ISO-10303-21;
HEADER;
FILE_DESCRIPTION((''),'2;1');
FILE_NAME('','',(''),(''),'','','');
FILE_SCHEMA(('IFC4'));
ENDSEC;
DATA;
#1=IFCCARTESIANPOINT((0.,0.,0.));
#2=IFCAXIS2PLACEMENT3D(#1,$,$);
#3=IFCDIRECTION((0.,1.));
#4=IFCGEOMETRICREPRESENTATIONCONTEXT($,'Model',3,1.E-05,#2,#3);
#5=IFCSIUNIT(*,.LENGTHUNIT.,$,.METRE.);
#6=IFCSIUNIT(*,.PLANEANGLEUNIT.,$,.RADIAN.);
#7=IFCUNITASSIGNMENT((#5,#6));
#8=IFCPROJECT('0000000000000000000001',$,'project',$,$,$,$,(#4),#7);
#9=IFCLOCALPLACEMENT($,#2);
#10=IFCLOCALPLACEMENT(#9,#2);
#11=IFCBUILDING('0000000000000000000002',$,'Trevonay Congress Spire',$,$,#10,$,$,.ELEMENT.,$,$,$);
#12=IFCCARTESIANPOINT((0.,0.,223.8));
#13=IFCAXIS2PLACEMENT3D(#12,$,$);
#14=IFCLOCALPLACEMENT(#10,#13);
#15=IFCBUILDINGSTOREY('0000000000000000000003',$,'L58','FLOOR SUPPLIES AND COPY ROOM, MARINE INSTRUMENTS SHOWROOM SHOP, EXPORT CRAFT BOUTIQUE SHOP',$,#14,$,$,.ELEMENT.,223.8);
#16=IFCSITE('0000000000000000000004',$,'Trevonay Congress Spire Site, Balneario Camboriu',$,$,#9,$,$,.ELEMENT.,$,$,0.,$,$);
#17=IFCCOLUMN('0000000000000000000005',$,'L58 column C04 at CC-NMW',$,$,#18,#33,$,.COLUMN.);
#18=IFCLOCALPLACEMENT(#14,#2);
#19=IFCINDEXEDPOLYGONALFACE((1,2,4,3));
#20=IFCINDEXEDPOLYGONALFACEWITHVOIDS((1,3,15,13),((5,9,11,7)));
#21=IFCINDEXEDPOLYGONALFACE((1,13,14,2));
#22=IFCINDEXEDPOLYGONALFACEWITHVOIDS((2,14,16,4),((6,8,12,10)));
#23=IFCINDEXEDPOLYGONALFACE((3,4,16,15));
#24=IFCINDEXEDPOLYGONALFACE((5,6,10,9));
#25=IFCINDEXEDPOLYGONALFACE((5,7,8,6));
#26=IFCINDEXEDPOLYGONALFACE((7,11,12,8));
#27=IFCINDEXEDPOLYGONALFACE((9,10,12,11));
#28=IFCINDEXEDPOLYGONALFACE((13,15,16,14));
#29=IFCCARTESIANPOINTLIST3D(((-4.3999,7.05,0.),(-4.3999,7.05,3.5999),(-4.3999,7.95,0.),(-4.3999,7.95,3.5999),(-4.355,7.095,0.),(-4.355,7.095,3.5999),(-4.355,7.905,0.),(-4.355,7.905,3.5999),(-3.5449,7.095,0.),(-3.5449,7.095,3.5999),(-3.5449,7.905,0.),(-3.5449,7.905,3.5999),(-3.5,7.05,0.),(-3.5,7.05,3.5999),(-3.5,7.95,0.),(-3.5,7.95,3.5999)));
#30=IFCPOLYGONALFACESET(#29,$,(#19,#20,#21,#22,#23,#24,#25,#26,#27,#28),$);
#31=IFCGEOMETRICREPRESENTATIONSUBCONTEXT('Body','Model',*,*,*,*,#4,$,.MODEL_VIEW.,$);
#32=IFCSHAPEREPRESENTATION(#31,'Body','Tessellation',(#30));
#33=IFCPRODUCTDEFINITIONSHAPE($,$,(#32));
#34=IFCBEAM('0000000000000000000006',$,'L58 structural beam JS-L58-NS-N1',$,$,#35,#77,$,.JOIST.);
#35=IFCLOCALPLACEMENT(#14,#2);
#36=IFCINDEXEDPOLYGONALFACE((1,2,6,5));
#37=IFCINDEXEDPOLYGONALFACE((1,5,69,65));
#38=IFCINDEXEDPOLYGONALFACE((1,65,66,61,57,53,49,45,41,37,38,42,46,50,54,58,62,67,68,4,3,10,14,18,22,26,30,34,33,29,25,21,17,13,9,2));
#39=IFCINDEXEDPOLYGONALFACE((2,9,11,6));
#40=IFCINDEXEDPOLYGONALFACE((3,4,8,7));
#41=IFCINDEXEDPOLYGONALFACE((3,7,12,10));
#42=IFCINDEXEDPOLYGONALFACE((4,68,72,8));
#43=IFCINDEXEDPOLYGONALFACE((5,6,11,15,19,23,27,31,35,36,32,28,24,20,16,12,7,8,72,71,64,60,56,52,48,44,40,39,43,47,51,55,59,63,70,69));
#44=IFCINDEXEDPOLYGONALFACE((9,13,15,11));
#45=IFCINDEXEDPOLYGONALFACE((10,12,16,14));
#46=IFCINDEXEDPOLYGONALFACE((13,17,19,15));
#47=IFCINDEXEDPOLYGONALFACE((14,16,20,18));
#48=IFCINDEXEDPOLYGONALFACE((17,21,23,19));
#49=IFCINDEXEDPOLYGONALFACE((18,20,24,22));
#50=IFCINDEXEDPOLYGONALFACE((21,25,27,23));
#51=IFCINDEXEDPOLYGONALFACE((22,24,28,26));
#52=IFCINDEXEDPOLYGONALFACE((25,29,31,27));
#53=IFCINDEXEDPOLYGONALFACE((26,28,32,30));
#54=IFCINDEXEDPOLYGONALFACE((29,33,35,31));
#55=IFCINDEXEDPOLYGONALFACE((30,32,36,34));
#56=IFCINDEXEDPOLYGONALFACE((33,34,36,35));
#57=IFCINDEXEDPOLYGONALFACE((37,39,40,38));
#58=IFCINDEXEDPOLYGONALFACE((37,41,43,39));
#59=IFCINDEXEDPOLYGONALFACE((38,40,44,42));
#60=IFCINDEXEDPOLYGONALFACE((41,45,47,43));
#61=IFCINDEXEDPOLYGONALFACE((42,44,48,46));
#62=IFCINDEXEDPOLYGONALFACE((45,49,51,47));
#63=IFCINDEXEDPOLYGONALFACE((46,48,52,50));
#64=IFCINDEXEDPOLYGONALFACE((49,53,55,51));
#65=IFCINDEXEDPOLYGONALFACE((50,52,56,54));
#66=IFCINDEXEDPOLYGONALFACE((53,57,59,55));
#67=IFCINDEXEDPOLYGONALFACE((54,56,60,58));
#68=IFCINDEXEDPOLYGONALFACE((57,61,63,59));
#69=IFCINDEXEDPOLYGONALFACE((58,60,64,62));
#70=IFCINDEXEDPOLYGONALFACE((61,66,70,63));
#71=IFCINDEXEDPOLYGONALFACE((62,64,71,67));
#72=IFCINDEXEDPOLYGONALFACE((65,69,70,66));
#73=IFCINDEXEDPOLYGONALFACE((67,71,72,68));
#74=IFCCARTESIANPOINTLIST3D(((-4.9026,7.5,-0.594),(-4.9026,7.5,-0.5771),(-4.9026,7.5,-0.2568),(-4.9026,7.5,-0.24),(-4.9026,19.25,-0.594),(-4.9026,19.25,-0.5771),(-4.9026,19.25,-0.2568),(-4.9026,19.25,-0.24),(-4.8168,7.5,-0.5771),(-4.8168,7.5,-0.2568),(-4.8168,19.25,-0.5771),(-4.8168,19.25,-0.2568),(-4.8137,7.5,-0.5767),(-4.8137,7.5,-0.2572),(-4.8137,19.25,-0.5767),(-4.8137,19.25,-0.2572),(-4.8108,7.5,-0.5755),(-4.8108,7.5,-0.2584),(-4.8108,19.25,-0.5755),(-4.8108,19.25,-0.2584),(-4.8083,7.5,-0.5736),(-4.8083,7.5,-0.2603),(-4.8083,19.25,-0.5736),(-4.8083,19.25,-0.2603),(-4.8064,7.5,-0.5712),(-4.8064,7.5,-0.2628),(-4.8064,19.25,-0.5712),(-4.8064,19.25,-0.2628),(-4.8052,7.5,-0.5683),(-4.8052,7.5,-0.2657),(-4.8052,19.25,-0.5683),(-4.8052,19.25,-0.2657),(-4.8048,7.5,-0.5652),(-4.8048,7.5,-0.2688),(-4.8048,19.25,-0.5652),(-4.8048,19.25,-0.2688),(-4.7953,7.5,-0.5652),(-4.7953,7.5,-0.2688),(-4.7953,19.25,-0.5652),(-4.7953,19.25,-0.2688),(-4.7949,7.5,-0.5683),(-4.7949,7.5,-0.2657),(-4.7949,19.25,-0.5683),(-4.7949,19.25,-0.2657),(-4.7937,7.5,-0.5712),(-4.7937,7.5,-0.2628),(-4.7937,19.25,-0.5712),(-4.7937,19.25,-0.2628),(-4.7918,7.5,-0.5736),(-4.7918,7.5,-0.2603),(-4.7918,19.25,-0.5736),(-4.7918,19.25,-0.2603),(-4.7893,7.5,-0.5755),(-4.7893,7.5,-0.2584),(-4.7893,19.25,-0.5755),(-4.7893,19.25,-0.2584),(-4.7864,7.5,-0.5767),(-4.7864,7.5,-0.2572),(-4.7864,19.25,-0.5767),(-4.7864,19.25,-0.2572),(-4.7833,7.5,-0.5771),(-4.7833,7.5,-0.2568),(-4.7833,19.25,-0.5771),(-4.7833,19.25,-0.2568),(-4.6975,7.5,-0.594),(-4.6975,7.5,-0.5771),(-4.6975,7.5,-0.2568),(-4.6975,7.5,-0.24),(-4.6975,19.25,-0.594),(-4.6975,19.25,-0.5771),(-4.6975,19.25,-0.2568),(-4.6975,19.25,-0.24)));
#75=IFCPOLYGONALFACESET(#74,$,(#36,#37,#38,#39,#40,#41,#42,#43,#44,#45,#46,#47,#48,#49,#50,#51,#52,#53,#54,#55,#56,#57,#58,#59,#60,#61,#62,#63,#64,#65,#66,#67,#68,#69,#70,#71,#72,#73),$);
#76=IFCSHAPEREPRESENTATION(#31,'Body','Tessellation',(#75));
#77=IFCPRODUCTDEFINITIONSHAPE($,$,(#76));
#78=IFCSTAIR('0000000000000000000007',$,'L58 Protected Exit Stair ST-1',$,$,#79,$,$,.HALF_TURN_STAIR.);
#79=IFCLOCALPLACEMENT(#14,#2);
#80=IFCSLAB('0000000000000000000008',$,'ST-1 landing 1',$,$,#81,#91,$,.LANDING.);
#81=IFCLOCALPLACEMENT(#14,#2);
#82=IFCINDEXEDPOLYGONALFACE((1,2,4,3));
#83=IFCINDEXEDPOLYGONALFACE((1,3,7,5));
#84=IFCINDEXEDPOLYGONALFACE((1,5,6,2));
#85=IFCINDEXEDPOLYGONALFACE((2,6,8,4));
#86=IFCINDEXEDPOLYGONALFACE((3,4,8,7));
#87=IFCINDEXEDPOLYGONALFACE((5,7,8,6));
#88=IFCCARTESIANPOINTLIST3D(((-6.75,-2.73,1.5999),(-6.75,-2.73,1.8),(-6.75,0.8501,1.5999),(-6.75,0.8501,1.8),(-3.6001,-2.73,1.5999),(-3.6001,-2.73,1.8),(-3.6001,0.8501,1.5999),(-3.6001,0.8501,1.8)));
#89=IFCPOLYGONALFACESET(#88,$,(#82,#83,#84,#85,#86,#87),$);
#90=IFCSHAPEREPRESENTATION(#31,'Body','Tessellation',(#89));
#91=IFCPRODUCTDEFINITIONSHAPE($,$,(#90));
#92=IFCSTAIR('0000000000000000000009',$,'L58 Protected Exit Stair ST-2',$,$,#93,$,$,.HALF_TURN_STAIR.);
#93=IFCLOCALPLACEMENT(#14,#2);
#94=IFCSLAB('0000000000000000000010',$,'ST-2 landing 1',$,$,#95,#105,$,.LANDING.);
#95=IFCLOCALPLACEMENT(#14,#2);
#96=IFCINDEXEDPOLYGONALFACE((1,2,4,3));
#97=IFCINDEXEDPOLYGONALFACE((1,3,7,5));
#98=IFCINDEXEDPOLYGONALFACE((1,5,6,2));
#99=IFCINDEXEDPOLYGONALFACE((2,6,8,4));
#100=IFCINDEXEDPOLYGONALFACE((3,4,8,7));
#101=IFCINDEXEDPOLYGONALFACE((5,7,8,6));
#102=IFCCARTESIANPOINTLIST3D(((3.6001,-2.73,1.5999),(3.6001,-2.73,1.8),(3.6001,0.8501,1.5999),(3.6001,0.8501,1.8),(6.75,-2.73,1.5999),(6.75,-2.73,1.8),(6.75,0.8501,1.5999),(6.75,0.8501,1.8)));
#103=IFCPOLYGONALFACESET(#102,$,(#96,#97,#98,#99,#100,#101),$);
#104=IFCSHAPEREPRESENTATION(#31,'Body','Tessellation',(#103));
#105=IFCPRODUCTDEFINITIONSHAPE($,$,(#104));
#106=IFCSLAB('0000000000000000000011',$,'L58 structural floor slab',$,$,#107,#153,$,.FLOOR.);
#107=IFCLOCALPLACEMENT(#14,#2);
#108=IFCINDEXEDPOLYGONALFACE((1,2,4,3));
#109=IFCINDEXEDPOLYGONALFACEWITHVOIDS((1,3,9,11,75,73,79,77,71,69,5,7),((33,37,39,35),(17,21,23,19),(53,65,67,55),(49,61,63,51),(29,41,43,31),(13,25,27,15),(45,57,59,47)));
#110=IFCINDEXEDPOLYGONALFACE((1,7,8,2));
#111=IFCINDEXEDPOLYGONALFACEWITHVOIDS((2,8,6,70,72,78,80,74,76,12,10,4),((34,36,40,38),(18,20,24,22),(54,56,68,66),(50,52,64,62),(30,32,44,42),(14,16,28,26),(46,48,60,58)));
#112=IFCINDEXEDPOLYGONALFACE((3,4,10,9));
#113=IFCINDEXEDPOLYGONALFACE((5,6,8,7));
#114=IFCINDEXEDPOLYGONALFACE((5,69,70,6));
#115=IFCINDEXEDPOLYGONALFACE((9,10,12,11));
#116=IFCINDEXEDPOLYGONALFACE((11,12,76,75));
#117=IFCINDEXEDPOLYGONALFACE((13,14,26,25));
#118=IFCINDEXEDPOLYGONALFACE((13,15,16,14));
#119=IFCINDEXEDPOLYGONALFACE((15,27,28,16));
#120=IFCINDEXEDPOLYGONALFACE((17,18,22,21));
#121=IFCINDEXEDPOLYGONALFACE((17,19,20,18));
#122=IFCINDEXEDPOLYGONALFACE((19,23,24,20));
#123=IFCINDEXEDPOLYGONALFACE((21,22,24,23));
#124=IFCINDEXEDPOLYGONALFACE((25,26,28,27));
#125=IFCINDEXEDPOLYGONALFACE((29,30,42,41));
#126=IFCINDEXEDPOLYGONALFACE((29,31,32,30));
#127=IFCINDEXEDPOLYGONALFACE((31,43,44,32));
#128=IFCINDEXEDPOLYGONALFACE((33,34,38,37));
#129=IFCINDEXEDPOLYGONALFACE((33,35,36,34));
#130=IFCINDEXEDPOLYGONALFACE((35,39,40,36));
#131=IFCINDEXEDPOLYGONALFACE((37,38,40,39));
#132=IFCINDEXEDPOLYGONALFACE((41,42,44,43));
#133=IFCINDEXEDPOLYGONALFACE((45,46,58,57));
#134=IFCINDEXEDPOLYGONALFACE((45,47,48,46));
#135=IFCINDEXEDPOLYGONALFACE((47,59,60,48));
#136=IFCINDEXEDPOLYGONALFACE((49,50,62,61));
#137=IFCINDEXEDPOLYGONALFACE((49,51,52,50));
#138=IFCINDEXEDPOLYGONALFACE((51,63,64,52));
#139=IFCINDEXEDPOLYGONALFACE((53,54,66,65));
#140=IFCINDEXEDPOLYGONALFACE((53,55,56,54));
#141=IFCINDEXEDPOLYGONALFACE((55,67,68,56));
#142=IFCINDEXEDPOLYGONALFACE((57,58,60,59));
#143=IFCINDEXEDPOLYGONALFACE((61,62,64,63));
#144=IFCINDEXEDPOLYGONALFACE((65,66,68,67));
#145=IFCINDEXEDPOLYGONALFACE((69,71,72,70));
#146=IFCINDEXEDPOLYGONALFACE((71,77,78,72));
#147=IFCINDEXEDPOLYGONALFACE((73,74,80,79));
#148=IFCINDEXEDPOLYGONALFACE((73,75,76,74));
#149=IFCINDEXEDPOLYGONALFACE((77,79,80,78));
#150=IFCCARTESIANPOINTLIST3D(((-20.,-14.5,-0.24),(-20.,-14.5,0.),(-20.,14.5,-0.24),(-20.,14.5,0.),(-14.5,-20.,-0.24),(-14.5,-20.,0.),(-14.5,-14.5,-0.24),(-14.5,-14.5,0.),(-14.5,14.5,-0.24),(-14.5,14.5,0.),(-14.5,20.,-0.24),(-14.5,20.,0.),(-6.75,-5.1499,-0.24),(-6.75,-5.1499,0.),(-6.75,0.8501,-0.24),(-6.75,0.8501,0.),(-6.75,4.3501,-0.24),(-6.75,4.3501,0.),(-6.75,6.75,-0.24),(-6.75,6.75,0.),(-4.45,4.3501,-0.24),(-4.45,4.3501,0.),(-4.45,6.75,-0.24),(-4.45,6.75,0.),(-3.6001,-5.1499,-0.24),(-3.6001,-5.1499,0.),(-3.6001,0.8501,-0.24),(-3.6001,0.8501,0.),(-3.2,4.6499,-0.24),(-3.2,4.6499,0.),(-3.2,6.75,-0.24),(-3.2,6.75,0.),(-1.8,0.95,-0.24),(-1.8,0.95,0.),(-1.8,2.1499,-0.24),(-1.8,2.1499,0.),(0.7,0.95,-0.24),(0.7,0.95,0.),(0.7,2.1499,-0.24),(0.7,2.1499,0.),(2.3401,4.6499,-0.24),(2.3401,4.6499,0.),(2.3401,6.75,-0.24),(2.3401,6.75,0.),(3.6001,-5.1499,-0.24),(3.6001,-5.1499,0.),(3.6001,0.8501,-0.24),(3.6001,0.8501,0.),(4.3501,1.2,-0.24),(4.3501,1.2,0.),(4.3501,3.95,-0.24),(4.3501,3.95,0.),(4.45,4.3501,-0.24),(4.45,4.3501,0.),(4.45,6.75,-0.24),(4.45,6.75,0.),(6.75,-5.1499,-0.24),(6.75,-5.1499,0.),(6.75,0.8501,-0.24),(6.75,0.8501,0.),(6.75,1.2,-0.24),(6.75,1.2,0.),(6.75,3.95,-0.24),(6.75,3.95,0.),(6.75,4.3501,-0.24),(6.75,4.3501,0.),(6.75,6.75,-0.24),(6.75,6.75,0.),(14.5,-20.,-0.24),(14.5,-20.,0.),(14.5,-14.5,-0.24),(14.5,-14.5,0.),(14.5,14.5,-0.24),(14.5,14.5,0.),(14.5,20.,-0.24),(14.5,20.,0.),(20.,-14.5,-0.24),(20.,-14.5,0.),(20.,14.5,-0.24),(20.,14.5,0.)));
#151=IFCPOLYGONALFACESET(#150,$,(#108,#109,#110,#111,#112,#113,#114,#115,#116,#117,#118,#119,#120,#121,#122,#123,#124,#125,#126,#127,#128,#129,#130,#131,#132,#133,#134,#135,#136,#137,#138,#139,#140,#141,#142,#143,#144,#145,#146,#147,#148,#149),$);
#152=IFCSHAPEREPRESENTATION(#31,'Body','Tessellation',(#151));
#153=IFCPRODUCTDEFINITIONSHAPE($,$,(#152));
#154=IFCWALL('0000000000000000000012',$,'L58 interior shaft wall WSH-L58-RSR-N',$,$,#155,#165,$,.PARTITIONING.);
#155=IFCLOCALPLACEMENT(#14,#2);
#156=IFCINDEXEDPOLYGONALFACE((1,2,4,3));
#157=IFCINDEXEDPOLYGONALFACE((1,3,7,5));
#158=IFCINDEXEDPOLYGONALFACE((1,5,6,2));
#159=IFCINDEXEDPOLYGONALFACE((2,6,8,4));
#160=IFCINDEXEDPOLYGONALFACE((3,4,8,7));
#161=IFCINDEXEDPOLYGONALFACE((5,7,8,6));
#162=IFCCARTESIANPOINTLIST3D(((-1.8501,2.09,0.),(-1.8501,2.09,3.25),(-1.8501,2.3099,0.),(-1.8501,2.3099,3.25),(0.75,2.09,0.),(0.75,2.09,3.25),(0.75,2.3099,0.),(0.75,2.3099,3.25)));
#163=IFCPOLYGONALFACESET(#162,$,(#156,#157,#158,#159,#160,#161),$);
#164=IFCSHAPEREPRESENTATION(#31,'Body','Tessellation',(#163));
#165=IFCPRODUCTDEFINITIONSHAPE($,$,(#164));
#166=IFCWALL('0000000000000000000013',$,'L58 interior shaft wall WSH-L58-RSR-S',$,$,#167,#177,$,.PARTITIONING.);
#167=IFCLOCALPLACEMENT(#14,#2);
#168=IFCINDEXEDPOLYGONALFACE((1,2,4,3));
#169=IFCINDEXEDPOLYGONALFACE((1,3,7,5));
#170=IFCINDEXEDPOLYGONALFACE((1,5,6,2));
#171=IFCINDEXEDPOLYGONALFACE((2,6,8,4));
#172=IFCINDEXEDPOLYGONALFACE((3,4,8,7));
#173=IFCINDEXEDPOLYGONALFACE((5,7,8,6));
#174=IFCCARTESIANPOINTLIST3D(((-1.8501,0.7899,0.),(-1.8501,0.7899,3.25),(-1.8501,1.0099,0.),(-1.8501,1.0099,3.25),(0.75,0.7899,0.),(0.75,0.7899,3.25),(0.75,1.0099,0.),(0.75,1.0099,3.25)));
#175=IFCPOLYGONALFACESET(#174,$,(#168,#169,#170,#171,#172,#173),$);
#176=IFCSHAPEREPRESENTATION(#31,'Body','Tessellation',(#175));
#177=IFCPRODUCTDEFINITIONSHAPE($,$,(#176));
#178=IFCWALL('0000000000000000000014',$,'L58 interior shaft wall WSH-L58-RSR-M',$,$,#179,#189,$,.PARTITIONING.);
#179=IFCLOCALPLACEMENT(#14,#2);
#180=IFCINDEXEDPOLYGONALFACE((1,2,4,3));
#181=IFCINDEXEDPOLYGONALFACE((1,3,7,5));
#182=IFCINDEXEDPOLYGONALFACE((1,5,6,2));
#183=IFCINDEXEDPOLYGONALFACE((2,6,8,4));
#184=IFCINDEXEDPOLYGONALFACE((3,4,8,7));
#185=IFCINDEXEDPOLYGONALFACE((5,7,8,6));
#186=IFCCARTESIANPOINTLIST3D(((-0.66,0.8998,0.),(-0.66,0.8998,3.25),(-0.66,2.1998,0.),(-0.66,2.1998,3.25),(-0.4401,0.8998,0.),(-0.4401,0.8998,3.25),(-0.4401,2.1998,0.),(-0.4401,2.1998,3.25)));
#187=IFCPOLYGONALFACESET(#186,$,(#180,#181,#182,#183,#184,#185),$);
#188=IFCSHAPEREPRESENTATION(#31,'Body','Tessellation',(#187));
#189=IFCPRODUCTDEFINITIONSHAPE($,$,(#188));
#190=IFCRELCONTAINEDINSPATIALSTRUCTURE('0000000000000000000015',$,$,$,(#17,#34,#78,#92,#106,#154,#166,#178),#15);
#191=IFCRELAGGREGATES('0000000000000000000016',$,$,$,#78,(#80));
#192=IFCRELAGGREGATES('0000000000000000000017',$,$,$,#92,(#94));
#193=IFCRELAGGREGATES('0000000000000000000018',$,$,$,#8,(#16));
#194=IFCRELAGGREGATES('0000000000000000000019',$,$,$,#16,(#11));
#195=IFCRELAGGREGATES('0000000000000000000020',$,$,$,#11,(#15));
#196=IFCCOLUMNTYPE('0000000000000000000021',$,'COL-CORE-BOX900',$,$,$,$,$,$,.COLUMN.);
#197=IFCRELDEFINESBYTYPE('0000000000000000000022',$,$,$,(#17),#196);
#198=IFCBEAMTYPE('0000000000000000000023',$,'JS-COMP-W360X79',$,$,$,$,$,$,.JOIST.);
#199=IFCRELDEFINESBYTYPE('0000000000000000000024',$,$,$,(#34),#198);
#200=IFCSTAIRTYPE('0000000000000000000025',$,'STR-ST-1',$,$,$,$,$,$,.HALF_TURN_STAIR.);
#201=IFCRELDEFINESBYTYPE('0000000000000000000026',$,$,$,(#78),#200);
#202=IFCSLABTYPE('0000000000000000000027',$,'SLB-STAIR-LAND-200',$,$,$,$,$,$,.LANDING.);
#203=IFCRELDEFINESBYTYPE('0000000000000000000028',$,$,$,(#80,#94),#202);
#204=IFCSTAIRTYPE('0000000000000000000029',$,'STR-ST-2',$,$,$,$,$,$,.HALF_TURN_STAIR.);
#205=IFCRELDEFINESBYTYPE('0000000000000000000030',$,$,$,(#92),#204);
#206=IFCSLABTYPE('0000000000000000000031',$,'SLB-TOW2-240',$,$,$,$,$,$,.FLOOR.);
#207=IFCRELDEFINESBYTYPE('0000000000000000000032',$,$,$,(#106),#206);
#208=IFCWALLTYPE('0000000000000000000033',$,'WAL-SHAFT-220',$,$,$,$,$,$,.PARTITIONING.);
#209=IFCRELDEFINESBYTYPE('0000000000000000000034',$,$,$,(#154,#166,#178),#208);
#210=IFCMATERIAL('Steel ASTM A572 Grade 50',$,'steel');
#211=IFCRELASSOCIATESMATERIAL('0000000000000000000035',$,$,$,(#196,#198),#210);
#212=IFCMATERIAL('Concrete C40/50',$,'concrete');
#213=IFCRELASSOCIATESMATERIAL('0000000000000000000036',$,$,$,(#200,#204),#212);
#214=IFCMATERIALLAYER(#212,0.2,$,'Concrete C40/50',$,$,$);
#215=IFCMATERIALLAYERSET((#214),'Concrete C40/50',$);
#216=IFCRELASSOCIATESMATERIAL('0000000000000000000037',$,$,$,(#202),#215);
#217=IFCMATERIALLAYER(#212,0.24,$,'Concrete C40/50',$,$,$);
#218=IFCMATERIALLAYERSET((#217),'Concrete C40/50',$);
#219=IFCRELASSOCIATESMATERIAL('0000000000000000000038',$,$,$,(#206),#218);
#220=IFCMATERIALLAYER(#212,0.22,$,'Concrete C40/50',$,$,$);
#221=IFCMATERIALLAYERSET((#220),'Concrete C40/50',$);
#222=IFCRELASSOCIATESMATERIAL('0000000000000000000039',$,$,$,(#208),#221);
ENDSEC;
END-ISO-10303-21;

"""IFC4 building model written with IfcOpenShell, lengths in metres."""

from ifc_helpers import new_model, si_unit, direction, frame, frame_2d, origin, origin_2d, place, context, subcontext, project, spatial, polyline, rectangle, hollow_rectangle, i_section, outline, extrude, material, layer, layer_set, material_profile, profile_set, type_object, element, aggregate, save


model = new_model("IFC4")

# Units and contexts
model_context = context("Model", 3, precision=1e-05, world=origin(), true_north=direction((0.0, 1.0)))
body_context = subcontext(model_context, "Body", "Model", "MODEL_VIEW")
ifc_project = project(units=[si_unit("LENGTHUNIT", "METRE"), si_unit("PLANEANGLEUNIT", "RADIAN")], contexts=[model_context])

# Site, building, storey
site_placement = place(None, origin())
site = spatial("IfcSite", under=ifc_project, at=site_placement, Name="Trevonay Congress Spire Site, Balneario Camboriu", CompositionType="ELEMENT", RefElevation=0.0)
building_placement = place(site_placement, origin())
building = spatial("IfcBuilding", under=site, at=building_placement, Name="Trevonay Congress Spire", CompositionType="ELEMENT")
storey_placement = place(building_placement, frame((0.0, 0.0, 223.8)))
storey = spatial("IfcBuildingStorey", under=building, at=storey_placement, Name="L58", Description="FLOOR SUPPLIES AND COPY ROOM, MARINE INSTRUMENTS SHOWROOM SHOP, EXPORT CRAFT BOUTIQUE SHOP", CompositionType="ELEMENT", Elevation=223.8)

# Column
ifc_material_1 = material(Name="Steel ASTM A572 Grade 50", Category="steel")
ifc_material_profile_1 = material_profile(ifc_material_1, hollow_rectangle(XDim=0.8999, YDim=0.8999, WallThickness=0.0449, at=origin_2d()), Name="BOX 900x900x45")
ifc_profile_set_1 = profile_set([ifc_material_profile_1], Name="Steel ASTM A572 Grade 50")
column_type = type_object("IfcColumnType", Name="COL-CORE-BOX900", PredefinedType="COLUMN", material=ifc_profile_set_1)
column_placement = place(storey_placement, frame((-3.95, 7.5, 0.0), z_axis=(0.0, 0.0, 1.0), x_axis=(1.0, 0.0, 0.0)))
element("IfcColumn", 1, at=column_placement, inside=storey, type_object=column_type, Name="L58 column C04 at CC-NMW", PredefinedType="COLUMN", context=body_context, shape_type="SweptSolid", body=[
    extrude(hollow_rectangle(XDim=0.8999, YDim=0.8999, WallThickness=0.0449, at=origin_2d()), origin(), (0.0, 0.0, 1.0), 3.5999),
])

# Beam
ifc_material_profile_2 = material_profile(ifc_material_1, i_section(OverallWidth=0.2051, OverallDepth=0.354, WebThickness=0.0095, FlangeThickness=0.0168, FilletRadius=0.012, at=origin_2d()), Name="W360x79")
ifc_profile_set_2 = profile_set([ifc_material_profile_2], Name="Steel ASTM A572 Grade 50")
beam_type = type_object("IfcBeamType", Name="JS-COMP-W360X79", PredefinedType="JOIST", material=ifc_profile_set_2)
beam_placement = place(storey_placement, frame((-4.8, 7.5, -0.417), z_axis=(0.0, 1.0, 0.0), x_axis=(-1.0, 0.0, 0.0)))
element("IfcBeam", 2, at=beam_placement, inside=storey, type_object=beam_type, Name="L58 structural beam JS-L58-NS-N1", PredefinedType="JOIST", context=body_context, shape_type="SweptSolid", body=[
    extrude(i_section(OverallWidth=0.2051, OverallDepth=0.354, WebThickness=0.0095, FlangeThickness=0.0168, FilletRadius=0.012, at=origin_2d()), origin(), (0.0, 0.0, 1.0), 11.75),
])

# Stairs, slabs
ifc_material_2 = material(Name="Concrete C40/50", Category="concrete")
stair_type_1 = type_object("IfcStairType", Name="STR-ST-1", PredefinedType="HALF_TURN_STAIR", material=ifc_material_2)
stair_1_placement = place(storey_placement, origin())
stair_1 = element("IfcStair", 3, at=stair_1_placement, inside=storey, type_object=stair_type_1, Name="L58 Protected Exit Stair ST-1", PredefinedType="HALF_TURN_STAIR")
ifc_layer_1 = layer(ifc_material_2, 0.2, Name="Concrete C40/50")
ifc_layer_set_1 = layer_set([ifc_layer_1], Name="Concrete C40/50")
slab_type_1 = type_object("IfcSlabType", Name="SLB-STAIR-LAND-200", PredefinedType="LANDING", material=ifc_layer_set_1)
slab_1_placement = place(storey_placement, frame((0.0, 0.0, 1.5999)))
slab_1 = element("IfcSlab", 4, at=slab_1_placement, type_object=slab_type_1, Name="ST-1 landing 1", PredefinedType="LANDING", context=body_context, shape_type="SweptSolid", body=[
    extrude(outline(polyline([(-3.6001, -2.73), (-3.6001, 0.8501), (-6.75, 0.8501), (-6.75, -2.73), (-3.6001, -2.73)])), origin(), (0.0, 0.0, 1.0), 0.2002),
])
aggregate(stair_1, [slab_1])
stair_type_2 = type_object("IfcStairType", Name="STR-ST-2", PredefinedType="HALF_TURN_STAIR", material=ifc_material_2)
stair_2_placement = place(storey_placement, origin())
stair_2 = element("IfcStair", 5, at=stair_2_placement, inside=storey, type_object=stair_type_2, Name="L58 Protected Exit Stair ST-2", PredefinedType="HALF_TURN_STAIR")
slab_2_placement = place(storey_placement, frame((0.0, 0.0, 1.5999)))
slab_2 = element("IfcSlab", 6, at=slab_2_placement, type_object=slab_type_1, Name="ST-2 landing 1", PredefinedType="LANDING", context=body_context, shape_type="SweptSolid", body=[
    extrude(outline(polyline([(6.75, -2.73), (6.75, 0.8501), (3.6001, 0.8501), (3.6001, -2.73), (6.75, -2.73)])), origin(), (0.0, 0.0, 1.0), 0.2002),
])
aggregate(stair_2, [slab_2])

# Slab
ifc_layer_2 = layer(ifc_material_2, 0.24, Name="Concrete C40/50")
ifc_layer_set_2 = layer_set([ifc_layer_2], Name="Concrete C40/50")
slab_type_2 = type_object("IfcSlabType", Name="SLB-TOW2-240", PredefinedType="FLOOR", material=ifc_layer_set_2)
slab_3_placement = place(storey_placement, frame((0.0, 0.0, -0.24)))
element("IfcSlab", 7, at=slab_3_placement, inside=storey, type_object=slab_type_2, Name="L58 structural floor slab", PredefinedType="FLOOR", context=body_context, shape_type="SweptSolid", body=[
    extrude(outline(polyline([(-14.5, -20.0), (14.5, -20.0), (14.5, -14.5), (20.0, -14.5), (20.0, 14.5), (14.5, 14.5), (14.5, 20.0), (-14.5, 20.0), (-14.5, 14.5), (-20.0, 14.5), (-20.0, -14.5), (-14.5, -14.5), (-14.5, -20.0)]), holes=[polyline([(-3.6001, -5.1499), (-3.6001, 0.8501), (-6.75, 0.8501), (-6.75, -5.1499), (-3.6001, -5.1499)]), polyline([(6.75, -5.1499), (6.75, 0.8501), (3.6001, 0.8501), (3.6001, -5.1499), (6.75, -5.1499)]), polyline([(-3.2, 4.6499), (2.3401, 4.6499), (2.3401, 6.75), (-3.2, 6.75), (-3.2, 4.6499)]), polyline([(-6.75, 4.3501), (-4.45, 4.3501), (-4.45, 6.75), (-6.75, 6.75), (-6.75, 4.3501)]), polyline([(4.45, 4.3501), (6.75, 4.3501), (6.75, 6.75), (4.45, 6.75), (4.45, 4.3501)]), polyline([(4.3501, 1.2), (6.75, 1.2), (6.75, 3.95), (4.3501, 3.95), (4.3501, 1.2)]), polyline([(-1.8, 0.95), (0.7, 0.95), (0.7, 2.1499), (-1.8, 2.1499), (-1.8, 0.95)])]), origin(), (0.0, 0.0, 1.0), 0.24),
])

# Walls
ifc_layer_3 = layer(ifc_material_2, 0.22, Name="Concrete C40/50")
ifc_layer_set_3 = layer_set([ifc_layer_3], Name="Concrete C40/50")
wall_type_1 = type_object("IfcWallType", Name="WAL-SHAFT-220", PredefinedType="PARTITIONING", material=ifc_layer_set_3)
for number, where, z_axis, x_axis, name in (
    (8, (-1.8501, 2.2, 0.0), (0.0, 0.0, 1.0), (1.0, 0.0, 0.0), "L58 interior shaft wall WSH-L58-RSR-N"),
    (9, (-1.8501, 0.8999, 0.0), (0.0, 0.0, 1.0), (1.0, 0.0, 0.0), "L58 interior shaft wall WSH-L58-RSR-S"),
):
    element("IfcWall", number, at=place(storey_placement, frame(where, z_axis=z_axis, x_axis=x_axis)), inside=storey, type_object=wall_type_1, Name=name, PredefinedType="PARTITIONING", context=body_context, shape_type="SweptSolid", body=[
        extrude(rectangle(XDim=2.6001, YDim=0.22, at=frame_2d((1.3, 0.0))), origin(), (0.0, 0.0, 1.0), 3.25),
    ])
for number, where, z_axis, x_axis, name in (
    (10, (-0.55, 0.8999, 0.0), (0.0, 0.0, 1.0), (0.0, 1.0, 0.0), "L58 interior shaft wall WSH-L58-RSR-M"),
):
    element("IfcWall", number, at=place(storey_placement, frame(where, z_axis=z_axis, x_axis=x_axis)), inside=storey, type_object=wall_type_1, Name=name, PredefinedType="PARTITIONING", context=body_context, shape_type="SweptSolid", body=[
        extrude(rectangle(XDim=1.3, YDim=0.22, at=frame_2d((0.6499, 0.0))), origin(), (0.0, 0.0, 1.0), 3.25),
    ])

save(model, "model.ifc")
